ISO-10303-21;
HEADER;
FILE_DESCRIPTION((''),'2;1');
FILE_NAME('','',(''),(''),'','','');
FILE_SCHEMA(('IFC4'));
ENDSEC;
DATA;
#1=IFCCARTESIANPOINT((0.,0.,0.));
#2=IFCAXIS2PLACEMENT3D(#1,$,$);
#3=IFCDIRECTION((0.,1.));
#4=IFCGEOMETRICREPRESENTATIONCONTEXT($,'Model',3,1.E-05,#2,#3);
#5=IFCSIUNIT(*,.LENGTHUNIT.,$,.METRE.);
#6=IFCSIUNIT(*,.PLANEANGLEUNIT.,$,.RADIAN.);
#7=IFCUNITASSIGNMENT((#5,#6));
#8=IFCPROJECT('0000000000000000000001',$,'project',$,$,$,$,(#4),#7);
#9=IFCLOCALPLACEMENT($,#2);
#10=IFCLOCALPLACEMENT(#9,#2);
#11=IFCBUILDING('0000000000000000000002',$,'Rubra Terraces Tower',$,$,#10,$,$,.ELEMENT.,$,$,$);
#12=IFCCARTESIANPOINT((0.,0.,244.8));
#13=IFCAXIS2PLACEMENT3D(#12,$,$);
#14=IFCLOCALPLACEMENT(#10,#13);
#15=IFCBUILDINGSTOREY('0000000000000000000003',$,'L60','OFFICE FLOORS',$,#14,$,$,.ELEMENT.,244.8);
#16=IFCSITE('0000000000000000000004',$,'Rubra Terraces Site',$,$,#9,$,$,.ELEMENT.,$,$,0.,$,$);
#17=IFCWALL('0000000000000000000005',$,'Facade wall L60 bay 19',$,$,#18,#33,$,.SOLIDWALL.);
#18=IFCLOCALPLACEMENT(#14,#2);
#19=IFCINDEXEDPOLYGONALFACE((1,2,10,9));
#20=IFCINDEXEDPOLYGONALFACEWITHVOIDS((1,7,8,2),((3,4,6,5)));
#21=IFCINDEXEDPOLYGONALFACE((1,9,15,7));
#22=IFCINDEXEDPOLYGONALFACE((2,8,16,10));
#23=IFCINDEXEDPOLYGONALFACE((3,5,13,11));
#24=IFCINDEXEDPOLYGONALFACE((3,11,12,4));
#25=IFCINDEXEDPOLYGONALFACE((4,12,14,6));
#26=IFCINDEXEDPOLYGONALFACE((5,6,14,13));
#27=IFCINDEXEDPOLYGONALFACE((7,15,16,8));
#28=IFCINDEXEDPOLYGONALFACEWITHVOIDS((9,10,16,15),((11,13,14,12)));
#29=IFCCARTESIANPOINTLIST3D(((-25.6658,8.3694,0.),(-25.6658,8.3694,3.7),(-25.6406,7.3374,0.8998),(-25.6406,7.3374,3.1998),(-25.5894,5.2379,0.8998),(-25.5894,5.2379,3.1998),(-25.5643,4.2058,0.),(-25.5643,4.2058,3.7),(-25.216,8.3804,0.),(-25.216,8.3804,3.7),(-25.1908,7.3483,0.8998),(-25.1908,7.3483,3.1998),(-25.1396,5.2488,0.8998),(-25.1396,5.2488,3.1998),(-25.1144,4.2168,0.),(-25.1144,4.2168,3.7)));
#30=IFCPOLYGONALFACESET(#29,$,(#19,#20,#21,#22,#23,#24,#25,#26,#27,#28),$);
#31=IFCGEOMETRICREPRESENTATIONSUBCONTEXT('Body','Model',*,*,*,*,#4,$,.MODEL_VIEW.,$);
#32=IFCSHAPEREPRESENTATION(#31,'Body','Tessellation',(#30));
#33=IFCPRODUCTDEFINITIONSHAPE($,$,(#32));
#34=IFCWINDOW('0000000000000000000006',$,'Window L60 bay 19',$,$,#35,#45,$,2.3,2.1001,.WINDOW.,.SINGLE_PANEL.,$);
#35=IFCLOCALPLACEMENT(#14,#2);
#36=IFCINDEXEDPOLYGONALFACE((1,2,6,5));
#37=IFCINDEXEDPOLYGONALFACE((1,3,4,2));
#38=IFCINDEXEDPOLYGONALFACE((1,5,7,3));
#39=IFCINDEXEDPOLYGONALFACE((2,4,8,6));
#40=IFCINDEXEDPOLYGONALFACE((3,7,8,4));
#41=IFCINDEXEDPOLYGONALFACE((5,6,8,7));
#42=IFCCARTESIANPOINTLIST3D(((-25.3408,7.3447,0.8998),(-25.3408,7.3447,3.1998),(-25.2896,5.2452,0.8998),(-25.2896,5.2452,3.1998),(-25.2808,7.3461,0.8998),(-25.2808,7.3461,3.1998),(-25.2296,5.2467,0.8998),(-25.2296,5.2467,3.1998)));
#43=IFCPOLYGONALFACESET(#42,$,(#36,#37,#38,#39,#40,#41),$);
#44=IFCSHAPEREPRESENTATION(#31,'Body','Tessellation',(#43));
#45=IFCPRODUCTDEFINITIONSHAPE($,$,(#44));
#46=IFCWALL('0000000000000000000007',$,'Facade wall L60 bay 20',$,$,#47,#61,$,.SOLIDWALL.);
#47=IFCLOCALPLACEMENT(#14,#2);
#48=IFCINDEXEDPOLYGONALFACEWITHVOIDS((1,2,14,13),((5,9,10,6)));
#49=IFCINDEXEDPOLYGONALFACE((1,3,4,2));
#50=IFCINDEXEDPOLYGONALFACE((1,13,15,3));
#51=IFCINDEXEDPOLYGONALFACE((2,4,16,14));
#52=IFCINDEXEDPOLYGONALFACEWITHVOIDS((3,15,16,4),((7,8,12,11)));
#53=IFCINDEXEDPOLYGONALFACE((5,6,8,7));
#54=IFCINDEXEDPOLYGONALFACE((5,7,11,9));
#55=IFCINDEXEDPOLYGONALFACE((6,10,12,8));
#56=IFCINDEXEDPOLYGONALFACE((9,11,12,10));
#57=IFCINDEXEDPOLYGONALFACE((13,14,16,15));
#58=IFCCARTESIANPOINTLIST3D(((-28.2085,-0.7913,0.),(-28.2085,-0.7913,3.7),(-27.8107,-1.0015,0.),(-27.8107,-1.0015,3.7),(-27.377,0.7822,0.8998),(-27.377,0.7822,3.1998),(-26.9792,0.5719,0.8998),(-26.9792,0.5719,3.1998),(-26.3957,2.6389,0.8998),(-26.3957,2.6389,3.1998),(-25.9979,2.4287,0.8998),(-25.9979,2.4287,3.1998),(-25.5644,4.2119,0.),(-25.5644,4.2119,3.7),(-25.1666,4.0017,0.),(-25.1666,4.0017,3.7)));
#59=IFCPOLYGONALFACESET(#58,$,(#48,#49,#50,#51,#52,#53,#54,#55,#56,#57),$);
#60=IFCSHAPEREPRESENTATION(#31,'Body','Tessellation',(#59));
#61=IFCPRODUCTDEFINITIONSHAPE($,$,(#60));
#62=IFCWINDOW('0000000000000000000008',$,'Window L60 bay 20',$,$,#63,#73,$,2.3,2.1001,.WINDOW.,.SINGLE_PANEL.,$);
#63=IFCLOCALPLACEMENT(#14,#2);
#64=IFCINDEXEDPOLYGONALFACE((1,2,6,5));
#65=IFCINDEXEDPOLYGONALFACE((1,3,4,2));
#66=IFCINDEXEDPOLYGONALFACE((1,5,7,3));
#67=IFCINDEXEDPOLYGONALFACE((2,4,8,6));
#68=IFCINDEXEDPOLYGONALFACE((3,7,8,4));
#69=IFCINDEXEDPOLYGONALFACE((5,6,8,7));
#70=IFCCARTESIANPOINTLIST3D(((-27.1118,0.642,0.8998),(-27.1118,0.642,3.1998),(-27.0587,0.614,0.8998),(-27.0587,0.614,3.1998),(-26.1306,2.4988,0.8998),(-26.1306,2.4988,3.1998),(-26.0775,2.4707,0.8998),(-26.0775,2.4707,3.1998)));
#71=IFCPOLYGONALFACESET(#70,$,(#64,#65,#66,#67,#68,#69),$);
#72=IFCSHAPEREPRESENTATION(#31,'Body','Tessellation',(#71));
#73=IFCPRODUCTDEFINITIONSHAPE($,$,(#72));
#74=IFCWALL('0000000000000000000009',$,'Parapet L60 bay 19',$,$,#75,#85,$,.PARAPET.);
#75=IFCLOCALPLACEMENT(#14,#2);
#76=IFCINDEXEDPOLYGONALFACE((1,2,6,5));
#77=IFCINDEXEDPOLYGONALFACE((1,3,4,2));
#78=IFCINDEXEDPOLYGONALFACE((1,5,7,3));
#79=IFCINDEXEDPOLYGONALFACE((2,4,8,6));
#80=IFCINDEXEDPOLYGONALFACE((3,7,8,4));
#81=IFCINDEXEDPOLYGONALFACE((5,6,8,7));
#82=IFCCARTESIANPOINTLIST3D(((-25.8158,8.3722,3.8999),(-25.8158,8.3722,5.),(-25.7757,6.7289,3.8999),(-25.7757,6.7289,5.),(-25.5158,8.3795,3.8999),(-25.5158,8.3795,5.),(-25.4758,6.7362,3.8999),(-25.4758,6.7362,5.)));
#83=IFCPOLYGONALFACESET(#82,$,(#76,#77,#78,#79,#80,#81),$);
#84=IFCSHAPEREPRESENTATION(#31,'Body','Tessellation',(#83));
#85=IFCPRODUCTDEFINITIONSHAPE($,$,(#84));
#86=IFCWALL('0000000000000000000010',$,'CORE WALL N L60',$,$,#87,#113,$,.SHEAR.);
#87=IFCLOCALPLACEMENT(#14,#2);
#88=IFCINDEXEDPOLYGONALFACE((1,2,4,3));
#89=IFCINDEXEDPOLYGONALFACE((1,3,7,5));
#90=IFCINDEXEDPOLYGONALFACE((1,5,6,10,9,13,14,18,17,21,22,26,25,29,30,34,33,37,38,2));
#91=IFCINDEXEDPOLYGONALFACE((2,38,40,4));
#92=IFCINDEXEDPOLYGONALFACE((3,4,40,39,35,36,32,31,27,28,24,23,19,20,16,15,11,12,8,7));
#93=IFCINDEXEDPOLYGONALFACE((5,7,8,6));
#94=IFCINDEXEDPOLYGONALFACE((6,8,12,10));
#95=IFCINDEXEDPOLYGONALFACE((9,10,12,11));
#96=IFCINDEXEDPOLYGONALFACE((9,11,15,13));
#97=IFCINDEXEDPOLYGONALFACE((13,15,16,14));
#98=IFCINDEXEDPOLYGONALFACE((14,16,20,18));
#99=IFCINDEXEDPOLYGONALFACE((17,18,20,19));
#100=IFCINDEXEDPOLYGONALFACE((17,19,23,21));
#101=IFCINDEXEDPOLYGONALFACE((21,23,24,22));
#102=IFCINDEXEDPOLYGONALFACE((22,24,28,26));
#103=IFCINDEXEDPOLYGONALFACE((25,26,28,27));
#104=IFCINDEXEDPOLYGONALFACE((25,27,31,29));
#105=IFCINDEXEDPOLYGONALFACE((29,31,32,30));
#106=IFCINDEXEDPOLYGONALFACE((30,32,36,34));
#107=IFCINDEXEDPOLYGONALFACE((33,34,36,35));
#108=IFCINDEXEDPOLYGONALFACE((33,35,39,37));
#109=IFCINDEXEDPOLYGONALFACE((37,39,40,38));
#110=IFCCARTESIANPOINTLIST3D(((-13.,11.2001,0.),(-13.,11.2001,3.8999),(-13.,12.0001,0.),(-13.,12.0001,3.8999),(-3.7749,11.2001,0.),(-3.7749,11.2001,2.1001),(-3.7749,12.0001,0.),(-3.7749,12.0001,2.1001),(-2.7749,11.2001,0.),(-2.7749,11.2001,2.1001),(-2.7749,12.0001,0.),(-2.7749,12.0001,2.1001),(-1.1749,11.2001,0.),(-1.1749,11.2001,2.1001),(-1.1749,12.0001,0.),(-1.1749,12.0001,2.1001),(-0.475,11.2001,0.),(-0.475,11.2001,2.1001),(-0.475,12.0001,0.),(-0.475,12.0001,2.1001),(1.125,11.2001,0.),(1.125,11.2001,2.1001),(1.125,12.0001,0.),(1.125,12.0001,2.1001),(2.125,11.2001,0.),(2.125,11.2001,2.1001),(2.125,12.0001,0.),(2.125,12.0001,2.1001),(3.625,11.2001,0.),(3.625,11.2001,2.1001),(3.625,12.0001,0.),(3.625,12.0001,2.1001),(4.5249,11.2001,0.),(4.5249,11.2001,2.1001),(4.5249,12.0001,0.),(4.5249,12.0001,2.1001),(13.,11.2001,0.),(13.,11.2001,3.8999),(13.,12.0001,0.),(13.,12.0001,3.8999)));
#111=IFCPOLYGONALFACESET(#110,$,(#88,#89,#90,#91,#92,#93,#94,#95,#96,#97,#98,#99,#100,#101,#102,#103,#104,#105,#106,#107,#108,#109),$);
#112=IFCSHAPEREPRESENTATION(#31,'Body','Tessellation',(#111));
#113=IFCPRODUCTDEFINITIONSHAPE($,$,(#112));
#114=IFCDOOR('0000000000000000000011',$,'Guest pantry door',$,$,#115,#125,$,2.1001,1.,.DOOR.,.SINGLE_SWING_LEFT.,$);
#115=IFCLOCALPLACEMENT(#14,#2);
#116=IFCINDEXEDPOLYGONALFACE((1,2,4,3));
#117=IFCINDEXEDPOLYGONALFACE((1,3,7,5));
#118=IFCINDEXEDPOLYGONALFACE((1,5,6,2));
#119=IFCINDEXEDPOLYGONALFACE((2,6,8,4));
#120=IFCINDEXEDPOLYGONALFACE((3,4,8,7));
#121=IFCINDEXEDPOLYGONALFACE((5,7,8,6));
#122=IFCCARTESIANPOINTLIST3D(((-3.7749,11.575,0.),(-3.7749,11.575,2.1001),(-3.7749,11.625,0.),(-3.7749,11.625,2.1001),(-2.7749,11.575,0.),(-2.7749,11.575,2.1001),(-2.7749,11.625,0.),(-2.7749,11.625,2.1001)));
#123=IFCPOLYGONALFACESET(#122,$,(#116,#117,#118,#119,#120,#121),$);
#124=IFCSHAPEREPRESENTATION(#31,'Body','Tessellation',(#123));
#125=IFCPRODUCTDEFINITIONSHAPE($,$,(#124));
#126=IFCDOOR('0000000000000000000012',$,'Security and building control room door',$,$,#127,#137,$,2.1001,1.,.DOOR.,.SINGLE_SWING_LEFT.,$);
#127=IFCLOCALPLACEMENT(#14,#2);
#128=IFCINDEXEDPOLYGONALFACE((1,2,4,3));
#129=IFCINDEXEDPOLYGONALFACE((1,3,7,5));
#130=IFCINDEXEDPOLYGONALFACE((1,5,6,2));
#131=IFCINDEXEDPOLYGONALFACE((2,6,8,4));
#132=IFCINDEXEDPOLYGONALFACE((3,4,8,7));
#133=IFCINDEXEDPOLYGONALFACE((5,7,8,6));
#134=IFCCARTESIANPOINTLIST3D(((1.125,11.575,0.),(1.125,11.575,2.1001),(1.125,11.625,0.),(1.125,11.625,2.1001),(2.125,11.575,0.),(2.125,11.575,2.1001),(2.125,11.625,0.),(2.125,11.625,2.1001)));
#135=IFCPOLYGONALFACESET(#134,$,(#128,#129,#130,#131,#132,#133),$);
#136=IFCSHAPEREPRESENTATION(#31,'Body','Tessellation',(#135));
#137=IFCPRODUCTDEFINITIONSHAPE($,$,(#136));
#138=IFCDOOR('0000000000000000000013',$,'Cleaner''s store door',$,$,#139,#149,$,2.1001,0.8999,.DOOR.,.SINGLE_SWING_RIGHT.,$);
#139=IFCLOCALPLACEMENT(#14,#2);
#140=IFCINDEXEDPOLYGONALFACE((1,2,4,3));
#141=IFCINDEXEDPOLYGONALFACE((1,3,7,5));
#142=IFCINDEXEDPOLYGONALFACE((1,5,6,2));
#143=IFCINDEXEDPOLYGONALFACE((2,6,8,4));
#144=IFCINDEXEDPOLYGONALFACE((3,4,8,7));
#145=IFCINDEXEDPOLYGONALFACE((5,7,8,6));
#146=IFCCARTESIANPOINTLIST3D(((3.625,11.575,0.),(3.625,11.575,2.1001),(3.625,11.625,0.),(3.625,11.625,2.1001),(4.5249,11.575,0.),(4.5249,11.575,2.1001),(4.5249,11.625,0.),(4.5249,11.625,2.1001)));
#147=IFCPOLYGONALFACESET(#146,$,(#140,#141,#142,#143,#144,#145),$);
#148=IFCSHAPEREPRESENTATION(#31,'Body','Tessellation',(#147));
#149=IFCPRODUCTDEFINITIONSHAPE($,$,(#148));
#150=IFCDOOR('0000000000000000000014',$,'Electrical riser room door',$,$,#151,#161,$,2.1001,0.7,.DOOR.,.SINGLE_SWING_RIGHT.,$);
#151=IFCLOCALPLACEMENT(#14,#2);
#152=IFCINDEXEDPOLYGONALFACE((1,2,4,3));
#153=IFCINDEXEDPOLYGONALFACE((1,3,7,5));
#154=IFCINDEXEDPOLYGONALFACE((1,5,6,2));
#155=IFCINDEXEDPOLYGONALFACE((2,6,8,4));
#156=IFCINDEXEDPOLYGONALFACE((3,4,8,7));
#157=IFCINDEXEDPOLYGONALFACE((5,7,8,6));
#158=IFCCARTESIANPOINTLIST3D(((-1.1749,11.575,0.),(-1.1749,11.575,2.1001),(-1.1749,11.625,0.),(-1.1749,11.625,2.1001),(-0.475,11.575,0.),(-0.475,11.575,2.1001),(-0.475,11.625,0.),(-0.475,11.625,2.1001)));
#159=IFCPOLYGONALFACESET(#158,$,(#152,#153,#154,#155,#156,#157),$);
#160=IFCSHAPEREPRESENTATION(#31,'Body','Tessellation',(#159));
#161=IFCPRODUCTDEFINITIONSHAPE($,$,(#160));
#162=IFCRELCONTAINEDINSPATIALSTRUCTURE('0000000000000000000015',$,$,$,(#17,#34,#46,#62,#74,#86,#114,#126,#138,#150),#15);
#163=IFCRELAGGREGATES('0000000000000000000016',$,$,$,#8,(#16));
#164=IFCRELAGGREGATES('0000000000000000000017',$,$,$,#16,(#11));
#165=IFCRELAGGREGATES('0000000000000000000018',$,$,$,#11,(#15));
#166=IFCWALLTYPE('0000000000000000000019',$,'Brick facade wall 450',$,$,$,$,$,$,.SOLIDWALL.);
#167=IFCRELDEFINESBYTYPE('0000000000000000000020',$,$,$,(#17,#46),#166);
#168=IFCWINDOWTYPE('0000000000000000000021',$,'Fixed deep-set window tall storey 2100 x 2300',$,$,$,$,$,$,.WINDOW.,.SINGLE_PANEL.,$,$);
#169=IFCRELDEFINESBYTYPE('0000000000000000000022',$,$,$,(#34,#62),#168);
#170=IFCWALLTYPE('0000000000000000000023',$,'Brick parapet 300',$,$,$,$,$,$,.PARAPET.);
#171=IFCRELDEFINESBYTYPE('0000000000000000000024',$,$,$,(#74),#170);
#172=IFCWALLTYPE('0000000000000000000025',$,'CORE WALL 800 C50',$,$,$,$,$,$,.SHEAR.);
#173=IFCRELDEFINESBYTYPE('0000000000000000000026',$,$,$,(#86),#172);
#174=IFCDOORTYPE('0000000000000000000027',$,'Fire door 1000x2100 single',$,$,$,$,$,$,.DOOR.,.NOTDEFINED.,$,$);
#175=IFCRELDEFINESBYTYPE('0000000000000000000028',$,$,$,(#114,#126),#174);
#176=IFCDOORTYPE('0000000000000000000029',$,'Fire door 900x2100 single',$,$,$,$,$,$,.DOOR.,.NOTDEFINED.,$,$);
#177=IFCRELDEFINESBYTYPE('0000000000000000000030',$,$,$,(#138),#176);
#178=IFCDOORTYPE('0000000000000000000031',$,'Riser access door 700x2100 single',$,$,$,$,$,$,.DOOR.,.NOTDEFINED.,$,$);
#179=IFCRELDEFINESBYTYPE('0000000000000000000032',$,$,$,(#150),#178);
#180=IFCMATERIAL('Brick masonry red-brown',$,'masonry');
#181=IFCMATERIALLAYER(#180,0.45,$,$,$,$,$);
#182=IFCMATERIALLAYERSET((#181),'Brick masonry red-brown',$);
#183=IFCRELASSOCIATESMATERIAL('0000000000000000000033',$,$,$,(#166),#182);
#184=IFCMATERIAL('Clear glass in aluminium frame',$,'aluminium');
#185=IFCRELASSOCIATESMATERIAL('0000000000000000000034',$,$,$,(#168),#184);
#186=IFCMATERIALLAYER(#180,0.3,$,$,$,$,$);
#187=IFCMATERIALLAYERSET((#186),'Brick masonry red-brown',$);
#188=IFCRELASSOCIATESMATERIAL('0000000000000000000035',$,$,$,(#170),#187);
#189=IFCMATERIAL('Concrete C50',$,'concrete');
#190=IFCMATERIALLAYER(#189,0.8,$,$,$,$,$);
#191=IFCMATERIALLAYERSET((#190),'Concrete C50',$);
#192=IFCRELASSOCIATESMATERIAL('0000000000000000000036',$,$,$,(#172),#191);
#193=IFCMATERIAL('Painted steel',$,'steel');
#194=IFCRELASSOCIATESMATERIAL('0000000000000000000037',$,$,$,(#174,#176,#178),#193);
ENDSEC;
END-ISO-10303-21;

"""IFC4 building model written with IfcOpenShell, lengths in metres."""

from ifc_helpers import new_model, si_unit, direction, frame, frame_2d, origin, place, context, subcontext, project, spatial, rectangle, extrude, material, layer, layer_set, type_object, element, fill, save


model = new_model("IFC4")

# Units and contexts
model_context = context("Model", 3, precision=1e-05, world=origin(), true_north=direction((0.0, 1.0)))
body_context = subcontext(model_context, "Body", "Model", "MODEL_VIEW")
ifc_project = project(units=[si_unit("LENGTHUNIT", "METRE"), si_unit("PLANEANGLEUNIT", "RADIAN")], contexts=[model_context])

# Site, building, storey
site_placement = place(None, origin())
site = spatial("IfcSite", under=ifc_project, at=site_placement, Name="Rubra Terraces Site", CompositionType="ELEMENT", RefElevation=0.0)
building_placement = place(site_placement, origin())
building = spatial("IfcBuilding", under=site, at=building_placement, Name="Rubra Terraces Tower", CompositionType="ELEMENT")
storey_placement = place(building_placement, frame((0.0, 0.0, 244.8)))
storey = spatial("IfcBuildingStorey", under=building, at=storey_placement, Name="L60", Description="OFFICE FLOORS", CompositionType="ELEMENT", Elevation=244.8)

# Shared definitions
ifc_material_1 = material(Name="Concrete C50", Category="concrete")

# Walls, openings, windows
ifc_material_2 = material(Name="Brick masonry red-brown", Category="masonry")
ifc_layer_1 = layer(ifc_material_2, 0.45)
ifc_layer_set_1 = layer_set([ifc_layer_1], Name="Brick masonry red-brown")
wall_type_1 = type_object("IfcWallType", Name="Brick facade wall 450", PredefinedType="SOLIDWALL", material=ifc_layer_set_1)
wall_1_placement = place(storey_placement, frame((-25.4409, 8.375, 0.0), z_axis=(0.0, 0.0, 1.0), x_axis=(0.024386, -0.999703, 0.0)))
wall_1 = element("IfcWall", 1, at=wall_1_placement, inside=storey, type_object=wall_type_1, Name="Facade wall L60 bay 19", PredefinedType="SOLIDWALL", context=body_context, shape_type="SweptSolid", body=[
    extrude(rectangle(XDim=4.1648, YDim=0.45, at=frame_2d((2.0825, 0.0))), origin(), (0.0, 0.0, 1.0), 3.7),
])
opening_1_placement = place(wall_1_placement, frame((1.0325, 0.0, 0.8999)))
opening_1 = element("IfcOpeningElement", 2, at=opening_1_placement, cuts=wall_1, PredefinedType="OPENING", context=body_context, shape_type="SweptSolid", body=[
    extrude(rectangle(XDim=2.1001, YDim=2.3, at=frame_2d((1.05, 1.1499))), frame((0.0, 0.2349, 0.0), z_axis=(0.0, -1.0, 0.0), x_axis=(1.0, 0.0, 0.0)), (0.0, 0.0, 1.0), 0.47),
])
ifc_material_3 = material(Name="Clear glass in aluminium frame", Category="aluminium")
window_type = type_object("IfcWindowType", Name="Fixed deep-set window tall storey 2100 x 2300", PartitioningType="SINGLE_PANEL", PredefinedType="WINDOW", material=ifc_material_3)
window_1_placement = place(opening_1_placement, origin())
window_1 = element("IfcWindow", 3, at=window_1_placement, inside=storey, type_object=window_type, Name="Window L60 bay 19", OverallHeight=2.3, OverallWidth=2.1001, PartitioningType="SINGLE_PANEL", PredefinedType="WINDOW", context=body_context, shape_type="SweptSolid", body=[
    extrude(rectangle(XDim=2.1001, YDim=2.3, at=frame_2d((1.05, 1.1499))), frame((0.0, 0.135, 0.0), z_axis=(0.0, -1.0, 0.0), x_axis=(1.0, 0.0, 0.0)), (0.0, 0.0, 1.0), 0.0601),
])
fill(opening_1, window_1)
wall_2_placement = place(storey_placement, frame((-25.3655, 4.1069, 0.0), z_axis=(0.0, 0.0, 1.0), x_axis=(-0.467239, -0.884131, 0.0)))
wall_2 = element("IfcWall", 4, at=wall_2_placement, inside=storey, type_object=wall_type_1, Name="Facade wall L60 bay 20", PredefinedType="SOLIDWALL", context=body_context, shape_type="SweptSolid", body=[
    extrude(rectangle(XDim=5.6589, YDim=0.45, at=frame_2d((2.8296, 0.0))), origin(), (0.0, 0.0, 1.0), 3.7),
])
opening_2_placement = place(wall_2_placement, frame((1.7793, 0.0, 0.8999)))
opening_2 = element("IfcOpeningElement", 5, at=opening_2_placement, cuts=wall_2, PredefinedType="OPENING", context=body_context, shape_type="SweptSolid", body=[
    extrude(rectangle(XDim=2.1001, YDim=2.3, at=frame_2d((1.05, 1.1499))), frame((0.0, 0.2349, 0.0), z_axis=(0.0, -1.0, 0.0), x_axis=(1.0, 0.0, 0.0)), (0.0, 0.0, 1.0), 0.47),
])
window_2_placement = place(opening_2_placement, origin())
window_2 = element("IfcWindow", 6, at=window_2_placement, inside=storey, type_object=window_type, Name="Window L60 bay 20", OverallHeight=2.3, OverallWidth=2.1001, PartitioningType="SINGLE_PANEL", PredefinedType="WINDOW", context=body_context, shape_type="SweptSolid", body=[
    extrude(rectangle(XDim=2.1001, YDim=2.3, at=frame_2d((1.05, 1.1499))), frame((0.0, 0.135, 0.0), z_axis=(0.0, -1.0, 0.0), x_axis=(1.0, 0.0, 0.0)), (0.0, 0.0, 1.0), 0.0601),
])
fill(opening_2, window_2)

# Wall
ifc_layer_2 = layer(ifc_material_2, 0.3)
ifc_layer_set_2 = layer_set([ifc_layer_2], Name="Brick masonry red-brown")
wall_type_2 = type_object("IfcWallType", Name="Brick parapet 300", PredefinedType="PARAPET", material=ifc_layer_set_2)
wall_3_placement = place(storey_placement, frame((-25.6658, 8.3757, 3.8999), z_axis=(0.0, 0.0, 1.0), x_axis=(0.024358, -0.999703, 0.0)))
element("IfcWall", 7, at=wall_3_placement, inside=storey, type_object=wall_type_2, Name="Parapet L60 bay 19", PredefinedType="PARAPET", context=body_context, shape_type="SweptSolid", body=[
    extrude(rectangle(XDim=1.6438, YDim=0.3, at=frame_2d((0.8218, 0.0))), origin(), (0.0, 0.0, 1.0), 1.1001),
])

# Wall, openings, doors
ifc_layer_3 = layer(ifc_material_1, 0.8)
ifc_layer_set_3 = layer_set([ifc_layer_3], Name="Concrete C50")
wall_type_3 = type_object("IfcWallType", Name="CORE WALL 800 C50", PredefinedType="SHEAR", material=ifc_layer_set_3)
wall_4_placement = place(storey_placement, frame((-13.0, 11.6001, 0.0), z_axis=(0.0, 0.0, 1.0), x_axis=(1.0, 0.0, 0.0)))
wall_4 = element("IfcWall", 8, at=wall_4_placement, inside=storey, type_object=wall_type_3, Name="CORE WALL N L60", PredefinedType="SHEAR", context=body_context, shape_type="SweptSolid", body=[
    extrude(rectangle(XDim=26.0, YDim=0.8, at=frame_2d((13.0, 0.0))), origin(), (0.0, 0.0, 1.0), 3.8999),
])
opening_3_placement = place(wall_4_placement, frame((9.2251, 0.0, 0.0)))
opening_3 = element("IfcOpeningElement", 9, at=opening_3_placement, cuts=wall_4, PredefinedType="OPENING", context=body_context, shape_type="SweptSolid", body=[
    extrude(rectangle(XDim=1.0, YDim=2.1001, at=frame_2d((0.5, 1.05))), frame((0.0, 0.4099, 0.0), z_axis=(0.0, -1.0, 0.0), x_axis=(1.0, 0.0, 0.0)), (0.0, 0.0, 1.0), 0.8201),
])
opening_4_placement = place(wall_4_placement, frame((11.825, 0.0, 0.0)))
opening_4 = element("IfcOpeningElement", 10, at=opening_4_placement, cuts=wall_4, PredefinedType="OPENING", context=body_context, shape_type="SweptSolid", body=[
    extrude(rectangle(XDim=0.7, YDim=2.1001, at=frame_2d((0.3501, 1.05))), frame((0.0, 0.4099, 0.0), z_axis=(0.0, -1.0, 0.0), x_axis=(1.0, 0.0, 0.0)), (0.0, 0.0, 1.0), 0.8201),
])
opening_5_placement = place(wall_4_placement, frame((14.125, 0.0, 0.0)))
opening_5 = element("IfcOpeningElement", 11, at=opening_5_placement, cuts=wall_4, PredefinedType="OPENING", context=body_context, shape_type="SweptSolid", body=[
    extrude(rectangle(XDim=1.0, YDim=2.1001, at=frame_2d((0.5, 1.05))), frame((0.0, 0.4099, 0.0), z_axis=(0.0, -1.0, 0.0), x_axis=(1.0, 0.0, 0.0)), (0.0, 0.0, 1.0), 0.8201),
])
opening_6_placement = place(wall_4_placement, frame((16.625, 0.0, 0.0)))
opening_6 = element("IfcOpeningElement", 12, at=opening_6_placement, cuts=wall_4, PredefinedType="OPENING", context=body_context, shape_type="SweptSolid", body=[
    extrude(rectangle(XDim=0.8999, YDim=2.1001, at=frame_2d((0.45, 1.05))), frame((0.0, 0.4099, 0.0), z_axis=(0.0, -1.0, 0.0), x_axis=(1.0, 0.0, 0.0)), (0.0, 0.0, 1.0), 0.8201),
])
ifc_material_4 = material(Name="Painted steel", Category="steel")
door_type_1 = type_object("IfcDoorType", Name="Fire door 1000x2100 single", OperationType="NOTDEFINED", PredefinedType="DOOR", material=ifc_material_4)
door_1_placement = place(opening_3_placement, origin())
door_1 = element("IfcDoor", 13, at=door_1_placement, inside=storey, type_object=door_type_1, Name="Guest pantry door", OperationType="SINGLE_SWING_LEFT", OverallHeight=2.1001, OverallWidth=1.0, PredefinedType="DOOR", context=body_context, shape_type="SweptSolid", body=[
    extrude(rectangle(XDim=1.0, YDim=2.1001, at=frame_2d((0.5, 1.05))), frame((0.0, 0.0249, 0.0), z_axis=(0.0, -1.0, 0.0), x_axis=(1.0, 0.0, 0.0)), (0.0, 0.0, 1.0), 0.05),
])
fill(opening_3, door_1)
door_2_placement = place(opening_5_placement, origin())
door_2 = element("IfcDoor", 14, at=door_2_placement, inside=storey, type_object=door_type_1, Name="Security and building control room door", OperationType="SINGLE_SWING_LEFT", OverallHeight=2.1001, OverallWidth=1.0, PredefinedType="DOOR", context=body_context, shape_type="SweptSolid", body=[
    extrude(rectangle(XDim=1.0, YDim=2.1001, at=frame_2d((0.5, 1.05))), frame((0.0, 0.0249, 0.0), z_axis=(0.0, -1.0, 0.0), x_axis=(1.0, 0.0, 0.0)), (0.0, 0.0, 1.0), 0.05),
])
fill(opening_5, door_2)
door_type_2 = type_object("IfcDoorType", Name="Fire door 900x2100 single", OperationType="NOTDEFINED", PredefinedType="DOOR", material=ifc_material_4)
door_3_placement = place(opening_6_placement, origin())
door_3 = element("IfcDoor", 15, at=door_3_placement, inside=storey, type_object=door_type_2, Name="Cleaner's store door", OperationType="SINGLE_SWING_RIGHT", OverallHeight=2.1001, OverallWidth=0.8999, PredefinedType="DOOR", context=body_context, shape_type="SweptSolid", body=[
    extrude(rectangle(XDim=0.8999, YDim=2.1001, at=frame_2d((0.45, 1.05))), frame((0.0, 0.0249, 0.0), z_axis=(0.0, -1.0, 0.0), x_axis=(1.0, 0.0, 0.0)), (0.0, 0.0, 1.0), 0.05),
])
fill(opening_6, door_3)
door_type_3 = type_object("IfcDoorType", Name="Riser access door 700x2100 single", OperationType="NOTDEFINED", PredefinedType="DOOR", material=ifc_material_4)
door_4_placement = place(opening_4_placement, origin())
door_4 = element("IfcDoor", 16, at=door_4_placement, inside=storey, type_object=door_type_3, Name="Electrical riser room door", OperationType="SINGLE_SWING_RIGHT", OverallHeight=2.1001, OverallWidth=0.7, PredefinedType="DOOR", context=body_context, shape_type="SweptSolid", body=[
    extrude(rectangle(XDim=0.7, YDim=2.1001, at=frame_2d((0.3501, 1.05))), frame((0.0, 0.0249, 0.0), z_axis=(0.0, -1.0, 0.0), x_axis=(1.0, 0.0, 0.0)), (0.0, 0.0, 1.0), 0.05),
])
fill(opening_4, door_4)

save(model, "model.ifc")
